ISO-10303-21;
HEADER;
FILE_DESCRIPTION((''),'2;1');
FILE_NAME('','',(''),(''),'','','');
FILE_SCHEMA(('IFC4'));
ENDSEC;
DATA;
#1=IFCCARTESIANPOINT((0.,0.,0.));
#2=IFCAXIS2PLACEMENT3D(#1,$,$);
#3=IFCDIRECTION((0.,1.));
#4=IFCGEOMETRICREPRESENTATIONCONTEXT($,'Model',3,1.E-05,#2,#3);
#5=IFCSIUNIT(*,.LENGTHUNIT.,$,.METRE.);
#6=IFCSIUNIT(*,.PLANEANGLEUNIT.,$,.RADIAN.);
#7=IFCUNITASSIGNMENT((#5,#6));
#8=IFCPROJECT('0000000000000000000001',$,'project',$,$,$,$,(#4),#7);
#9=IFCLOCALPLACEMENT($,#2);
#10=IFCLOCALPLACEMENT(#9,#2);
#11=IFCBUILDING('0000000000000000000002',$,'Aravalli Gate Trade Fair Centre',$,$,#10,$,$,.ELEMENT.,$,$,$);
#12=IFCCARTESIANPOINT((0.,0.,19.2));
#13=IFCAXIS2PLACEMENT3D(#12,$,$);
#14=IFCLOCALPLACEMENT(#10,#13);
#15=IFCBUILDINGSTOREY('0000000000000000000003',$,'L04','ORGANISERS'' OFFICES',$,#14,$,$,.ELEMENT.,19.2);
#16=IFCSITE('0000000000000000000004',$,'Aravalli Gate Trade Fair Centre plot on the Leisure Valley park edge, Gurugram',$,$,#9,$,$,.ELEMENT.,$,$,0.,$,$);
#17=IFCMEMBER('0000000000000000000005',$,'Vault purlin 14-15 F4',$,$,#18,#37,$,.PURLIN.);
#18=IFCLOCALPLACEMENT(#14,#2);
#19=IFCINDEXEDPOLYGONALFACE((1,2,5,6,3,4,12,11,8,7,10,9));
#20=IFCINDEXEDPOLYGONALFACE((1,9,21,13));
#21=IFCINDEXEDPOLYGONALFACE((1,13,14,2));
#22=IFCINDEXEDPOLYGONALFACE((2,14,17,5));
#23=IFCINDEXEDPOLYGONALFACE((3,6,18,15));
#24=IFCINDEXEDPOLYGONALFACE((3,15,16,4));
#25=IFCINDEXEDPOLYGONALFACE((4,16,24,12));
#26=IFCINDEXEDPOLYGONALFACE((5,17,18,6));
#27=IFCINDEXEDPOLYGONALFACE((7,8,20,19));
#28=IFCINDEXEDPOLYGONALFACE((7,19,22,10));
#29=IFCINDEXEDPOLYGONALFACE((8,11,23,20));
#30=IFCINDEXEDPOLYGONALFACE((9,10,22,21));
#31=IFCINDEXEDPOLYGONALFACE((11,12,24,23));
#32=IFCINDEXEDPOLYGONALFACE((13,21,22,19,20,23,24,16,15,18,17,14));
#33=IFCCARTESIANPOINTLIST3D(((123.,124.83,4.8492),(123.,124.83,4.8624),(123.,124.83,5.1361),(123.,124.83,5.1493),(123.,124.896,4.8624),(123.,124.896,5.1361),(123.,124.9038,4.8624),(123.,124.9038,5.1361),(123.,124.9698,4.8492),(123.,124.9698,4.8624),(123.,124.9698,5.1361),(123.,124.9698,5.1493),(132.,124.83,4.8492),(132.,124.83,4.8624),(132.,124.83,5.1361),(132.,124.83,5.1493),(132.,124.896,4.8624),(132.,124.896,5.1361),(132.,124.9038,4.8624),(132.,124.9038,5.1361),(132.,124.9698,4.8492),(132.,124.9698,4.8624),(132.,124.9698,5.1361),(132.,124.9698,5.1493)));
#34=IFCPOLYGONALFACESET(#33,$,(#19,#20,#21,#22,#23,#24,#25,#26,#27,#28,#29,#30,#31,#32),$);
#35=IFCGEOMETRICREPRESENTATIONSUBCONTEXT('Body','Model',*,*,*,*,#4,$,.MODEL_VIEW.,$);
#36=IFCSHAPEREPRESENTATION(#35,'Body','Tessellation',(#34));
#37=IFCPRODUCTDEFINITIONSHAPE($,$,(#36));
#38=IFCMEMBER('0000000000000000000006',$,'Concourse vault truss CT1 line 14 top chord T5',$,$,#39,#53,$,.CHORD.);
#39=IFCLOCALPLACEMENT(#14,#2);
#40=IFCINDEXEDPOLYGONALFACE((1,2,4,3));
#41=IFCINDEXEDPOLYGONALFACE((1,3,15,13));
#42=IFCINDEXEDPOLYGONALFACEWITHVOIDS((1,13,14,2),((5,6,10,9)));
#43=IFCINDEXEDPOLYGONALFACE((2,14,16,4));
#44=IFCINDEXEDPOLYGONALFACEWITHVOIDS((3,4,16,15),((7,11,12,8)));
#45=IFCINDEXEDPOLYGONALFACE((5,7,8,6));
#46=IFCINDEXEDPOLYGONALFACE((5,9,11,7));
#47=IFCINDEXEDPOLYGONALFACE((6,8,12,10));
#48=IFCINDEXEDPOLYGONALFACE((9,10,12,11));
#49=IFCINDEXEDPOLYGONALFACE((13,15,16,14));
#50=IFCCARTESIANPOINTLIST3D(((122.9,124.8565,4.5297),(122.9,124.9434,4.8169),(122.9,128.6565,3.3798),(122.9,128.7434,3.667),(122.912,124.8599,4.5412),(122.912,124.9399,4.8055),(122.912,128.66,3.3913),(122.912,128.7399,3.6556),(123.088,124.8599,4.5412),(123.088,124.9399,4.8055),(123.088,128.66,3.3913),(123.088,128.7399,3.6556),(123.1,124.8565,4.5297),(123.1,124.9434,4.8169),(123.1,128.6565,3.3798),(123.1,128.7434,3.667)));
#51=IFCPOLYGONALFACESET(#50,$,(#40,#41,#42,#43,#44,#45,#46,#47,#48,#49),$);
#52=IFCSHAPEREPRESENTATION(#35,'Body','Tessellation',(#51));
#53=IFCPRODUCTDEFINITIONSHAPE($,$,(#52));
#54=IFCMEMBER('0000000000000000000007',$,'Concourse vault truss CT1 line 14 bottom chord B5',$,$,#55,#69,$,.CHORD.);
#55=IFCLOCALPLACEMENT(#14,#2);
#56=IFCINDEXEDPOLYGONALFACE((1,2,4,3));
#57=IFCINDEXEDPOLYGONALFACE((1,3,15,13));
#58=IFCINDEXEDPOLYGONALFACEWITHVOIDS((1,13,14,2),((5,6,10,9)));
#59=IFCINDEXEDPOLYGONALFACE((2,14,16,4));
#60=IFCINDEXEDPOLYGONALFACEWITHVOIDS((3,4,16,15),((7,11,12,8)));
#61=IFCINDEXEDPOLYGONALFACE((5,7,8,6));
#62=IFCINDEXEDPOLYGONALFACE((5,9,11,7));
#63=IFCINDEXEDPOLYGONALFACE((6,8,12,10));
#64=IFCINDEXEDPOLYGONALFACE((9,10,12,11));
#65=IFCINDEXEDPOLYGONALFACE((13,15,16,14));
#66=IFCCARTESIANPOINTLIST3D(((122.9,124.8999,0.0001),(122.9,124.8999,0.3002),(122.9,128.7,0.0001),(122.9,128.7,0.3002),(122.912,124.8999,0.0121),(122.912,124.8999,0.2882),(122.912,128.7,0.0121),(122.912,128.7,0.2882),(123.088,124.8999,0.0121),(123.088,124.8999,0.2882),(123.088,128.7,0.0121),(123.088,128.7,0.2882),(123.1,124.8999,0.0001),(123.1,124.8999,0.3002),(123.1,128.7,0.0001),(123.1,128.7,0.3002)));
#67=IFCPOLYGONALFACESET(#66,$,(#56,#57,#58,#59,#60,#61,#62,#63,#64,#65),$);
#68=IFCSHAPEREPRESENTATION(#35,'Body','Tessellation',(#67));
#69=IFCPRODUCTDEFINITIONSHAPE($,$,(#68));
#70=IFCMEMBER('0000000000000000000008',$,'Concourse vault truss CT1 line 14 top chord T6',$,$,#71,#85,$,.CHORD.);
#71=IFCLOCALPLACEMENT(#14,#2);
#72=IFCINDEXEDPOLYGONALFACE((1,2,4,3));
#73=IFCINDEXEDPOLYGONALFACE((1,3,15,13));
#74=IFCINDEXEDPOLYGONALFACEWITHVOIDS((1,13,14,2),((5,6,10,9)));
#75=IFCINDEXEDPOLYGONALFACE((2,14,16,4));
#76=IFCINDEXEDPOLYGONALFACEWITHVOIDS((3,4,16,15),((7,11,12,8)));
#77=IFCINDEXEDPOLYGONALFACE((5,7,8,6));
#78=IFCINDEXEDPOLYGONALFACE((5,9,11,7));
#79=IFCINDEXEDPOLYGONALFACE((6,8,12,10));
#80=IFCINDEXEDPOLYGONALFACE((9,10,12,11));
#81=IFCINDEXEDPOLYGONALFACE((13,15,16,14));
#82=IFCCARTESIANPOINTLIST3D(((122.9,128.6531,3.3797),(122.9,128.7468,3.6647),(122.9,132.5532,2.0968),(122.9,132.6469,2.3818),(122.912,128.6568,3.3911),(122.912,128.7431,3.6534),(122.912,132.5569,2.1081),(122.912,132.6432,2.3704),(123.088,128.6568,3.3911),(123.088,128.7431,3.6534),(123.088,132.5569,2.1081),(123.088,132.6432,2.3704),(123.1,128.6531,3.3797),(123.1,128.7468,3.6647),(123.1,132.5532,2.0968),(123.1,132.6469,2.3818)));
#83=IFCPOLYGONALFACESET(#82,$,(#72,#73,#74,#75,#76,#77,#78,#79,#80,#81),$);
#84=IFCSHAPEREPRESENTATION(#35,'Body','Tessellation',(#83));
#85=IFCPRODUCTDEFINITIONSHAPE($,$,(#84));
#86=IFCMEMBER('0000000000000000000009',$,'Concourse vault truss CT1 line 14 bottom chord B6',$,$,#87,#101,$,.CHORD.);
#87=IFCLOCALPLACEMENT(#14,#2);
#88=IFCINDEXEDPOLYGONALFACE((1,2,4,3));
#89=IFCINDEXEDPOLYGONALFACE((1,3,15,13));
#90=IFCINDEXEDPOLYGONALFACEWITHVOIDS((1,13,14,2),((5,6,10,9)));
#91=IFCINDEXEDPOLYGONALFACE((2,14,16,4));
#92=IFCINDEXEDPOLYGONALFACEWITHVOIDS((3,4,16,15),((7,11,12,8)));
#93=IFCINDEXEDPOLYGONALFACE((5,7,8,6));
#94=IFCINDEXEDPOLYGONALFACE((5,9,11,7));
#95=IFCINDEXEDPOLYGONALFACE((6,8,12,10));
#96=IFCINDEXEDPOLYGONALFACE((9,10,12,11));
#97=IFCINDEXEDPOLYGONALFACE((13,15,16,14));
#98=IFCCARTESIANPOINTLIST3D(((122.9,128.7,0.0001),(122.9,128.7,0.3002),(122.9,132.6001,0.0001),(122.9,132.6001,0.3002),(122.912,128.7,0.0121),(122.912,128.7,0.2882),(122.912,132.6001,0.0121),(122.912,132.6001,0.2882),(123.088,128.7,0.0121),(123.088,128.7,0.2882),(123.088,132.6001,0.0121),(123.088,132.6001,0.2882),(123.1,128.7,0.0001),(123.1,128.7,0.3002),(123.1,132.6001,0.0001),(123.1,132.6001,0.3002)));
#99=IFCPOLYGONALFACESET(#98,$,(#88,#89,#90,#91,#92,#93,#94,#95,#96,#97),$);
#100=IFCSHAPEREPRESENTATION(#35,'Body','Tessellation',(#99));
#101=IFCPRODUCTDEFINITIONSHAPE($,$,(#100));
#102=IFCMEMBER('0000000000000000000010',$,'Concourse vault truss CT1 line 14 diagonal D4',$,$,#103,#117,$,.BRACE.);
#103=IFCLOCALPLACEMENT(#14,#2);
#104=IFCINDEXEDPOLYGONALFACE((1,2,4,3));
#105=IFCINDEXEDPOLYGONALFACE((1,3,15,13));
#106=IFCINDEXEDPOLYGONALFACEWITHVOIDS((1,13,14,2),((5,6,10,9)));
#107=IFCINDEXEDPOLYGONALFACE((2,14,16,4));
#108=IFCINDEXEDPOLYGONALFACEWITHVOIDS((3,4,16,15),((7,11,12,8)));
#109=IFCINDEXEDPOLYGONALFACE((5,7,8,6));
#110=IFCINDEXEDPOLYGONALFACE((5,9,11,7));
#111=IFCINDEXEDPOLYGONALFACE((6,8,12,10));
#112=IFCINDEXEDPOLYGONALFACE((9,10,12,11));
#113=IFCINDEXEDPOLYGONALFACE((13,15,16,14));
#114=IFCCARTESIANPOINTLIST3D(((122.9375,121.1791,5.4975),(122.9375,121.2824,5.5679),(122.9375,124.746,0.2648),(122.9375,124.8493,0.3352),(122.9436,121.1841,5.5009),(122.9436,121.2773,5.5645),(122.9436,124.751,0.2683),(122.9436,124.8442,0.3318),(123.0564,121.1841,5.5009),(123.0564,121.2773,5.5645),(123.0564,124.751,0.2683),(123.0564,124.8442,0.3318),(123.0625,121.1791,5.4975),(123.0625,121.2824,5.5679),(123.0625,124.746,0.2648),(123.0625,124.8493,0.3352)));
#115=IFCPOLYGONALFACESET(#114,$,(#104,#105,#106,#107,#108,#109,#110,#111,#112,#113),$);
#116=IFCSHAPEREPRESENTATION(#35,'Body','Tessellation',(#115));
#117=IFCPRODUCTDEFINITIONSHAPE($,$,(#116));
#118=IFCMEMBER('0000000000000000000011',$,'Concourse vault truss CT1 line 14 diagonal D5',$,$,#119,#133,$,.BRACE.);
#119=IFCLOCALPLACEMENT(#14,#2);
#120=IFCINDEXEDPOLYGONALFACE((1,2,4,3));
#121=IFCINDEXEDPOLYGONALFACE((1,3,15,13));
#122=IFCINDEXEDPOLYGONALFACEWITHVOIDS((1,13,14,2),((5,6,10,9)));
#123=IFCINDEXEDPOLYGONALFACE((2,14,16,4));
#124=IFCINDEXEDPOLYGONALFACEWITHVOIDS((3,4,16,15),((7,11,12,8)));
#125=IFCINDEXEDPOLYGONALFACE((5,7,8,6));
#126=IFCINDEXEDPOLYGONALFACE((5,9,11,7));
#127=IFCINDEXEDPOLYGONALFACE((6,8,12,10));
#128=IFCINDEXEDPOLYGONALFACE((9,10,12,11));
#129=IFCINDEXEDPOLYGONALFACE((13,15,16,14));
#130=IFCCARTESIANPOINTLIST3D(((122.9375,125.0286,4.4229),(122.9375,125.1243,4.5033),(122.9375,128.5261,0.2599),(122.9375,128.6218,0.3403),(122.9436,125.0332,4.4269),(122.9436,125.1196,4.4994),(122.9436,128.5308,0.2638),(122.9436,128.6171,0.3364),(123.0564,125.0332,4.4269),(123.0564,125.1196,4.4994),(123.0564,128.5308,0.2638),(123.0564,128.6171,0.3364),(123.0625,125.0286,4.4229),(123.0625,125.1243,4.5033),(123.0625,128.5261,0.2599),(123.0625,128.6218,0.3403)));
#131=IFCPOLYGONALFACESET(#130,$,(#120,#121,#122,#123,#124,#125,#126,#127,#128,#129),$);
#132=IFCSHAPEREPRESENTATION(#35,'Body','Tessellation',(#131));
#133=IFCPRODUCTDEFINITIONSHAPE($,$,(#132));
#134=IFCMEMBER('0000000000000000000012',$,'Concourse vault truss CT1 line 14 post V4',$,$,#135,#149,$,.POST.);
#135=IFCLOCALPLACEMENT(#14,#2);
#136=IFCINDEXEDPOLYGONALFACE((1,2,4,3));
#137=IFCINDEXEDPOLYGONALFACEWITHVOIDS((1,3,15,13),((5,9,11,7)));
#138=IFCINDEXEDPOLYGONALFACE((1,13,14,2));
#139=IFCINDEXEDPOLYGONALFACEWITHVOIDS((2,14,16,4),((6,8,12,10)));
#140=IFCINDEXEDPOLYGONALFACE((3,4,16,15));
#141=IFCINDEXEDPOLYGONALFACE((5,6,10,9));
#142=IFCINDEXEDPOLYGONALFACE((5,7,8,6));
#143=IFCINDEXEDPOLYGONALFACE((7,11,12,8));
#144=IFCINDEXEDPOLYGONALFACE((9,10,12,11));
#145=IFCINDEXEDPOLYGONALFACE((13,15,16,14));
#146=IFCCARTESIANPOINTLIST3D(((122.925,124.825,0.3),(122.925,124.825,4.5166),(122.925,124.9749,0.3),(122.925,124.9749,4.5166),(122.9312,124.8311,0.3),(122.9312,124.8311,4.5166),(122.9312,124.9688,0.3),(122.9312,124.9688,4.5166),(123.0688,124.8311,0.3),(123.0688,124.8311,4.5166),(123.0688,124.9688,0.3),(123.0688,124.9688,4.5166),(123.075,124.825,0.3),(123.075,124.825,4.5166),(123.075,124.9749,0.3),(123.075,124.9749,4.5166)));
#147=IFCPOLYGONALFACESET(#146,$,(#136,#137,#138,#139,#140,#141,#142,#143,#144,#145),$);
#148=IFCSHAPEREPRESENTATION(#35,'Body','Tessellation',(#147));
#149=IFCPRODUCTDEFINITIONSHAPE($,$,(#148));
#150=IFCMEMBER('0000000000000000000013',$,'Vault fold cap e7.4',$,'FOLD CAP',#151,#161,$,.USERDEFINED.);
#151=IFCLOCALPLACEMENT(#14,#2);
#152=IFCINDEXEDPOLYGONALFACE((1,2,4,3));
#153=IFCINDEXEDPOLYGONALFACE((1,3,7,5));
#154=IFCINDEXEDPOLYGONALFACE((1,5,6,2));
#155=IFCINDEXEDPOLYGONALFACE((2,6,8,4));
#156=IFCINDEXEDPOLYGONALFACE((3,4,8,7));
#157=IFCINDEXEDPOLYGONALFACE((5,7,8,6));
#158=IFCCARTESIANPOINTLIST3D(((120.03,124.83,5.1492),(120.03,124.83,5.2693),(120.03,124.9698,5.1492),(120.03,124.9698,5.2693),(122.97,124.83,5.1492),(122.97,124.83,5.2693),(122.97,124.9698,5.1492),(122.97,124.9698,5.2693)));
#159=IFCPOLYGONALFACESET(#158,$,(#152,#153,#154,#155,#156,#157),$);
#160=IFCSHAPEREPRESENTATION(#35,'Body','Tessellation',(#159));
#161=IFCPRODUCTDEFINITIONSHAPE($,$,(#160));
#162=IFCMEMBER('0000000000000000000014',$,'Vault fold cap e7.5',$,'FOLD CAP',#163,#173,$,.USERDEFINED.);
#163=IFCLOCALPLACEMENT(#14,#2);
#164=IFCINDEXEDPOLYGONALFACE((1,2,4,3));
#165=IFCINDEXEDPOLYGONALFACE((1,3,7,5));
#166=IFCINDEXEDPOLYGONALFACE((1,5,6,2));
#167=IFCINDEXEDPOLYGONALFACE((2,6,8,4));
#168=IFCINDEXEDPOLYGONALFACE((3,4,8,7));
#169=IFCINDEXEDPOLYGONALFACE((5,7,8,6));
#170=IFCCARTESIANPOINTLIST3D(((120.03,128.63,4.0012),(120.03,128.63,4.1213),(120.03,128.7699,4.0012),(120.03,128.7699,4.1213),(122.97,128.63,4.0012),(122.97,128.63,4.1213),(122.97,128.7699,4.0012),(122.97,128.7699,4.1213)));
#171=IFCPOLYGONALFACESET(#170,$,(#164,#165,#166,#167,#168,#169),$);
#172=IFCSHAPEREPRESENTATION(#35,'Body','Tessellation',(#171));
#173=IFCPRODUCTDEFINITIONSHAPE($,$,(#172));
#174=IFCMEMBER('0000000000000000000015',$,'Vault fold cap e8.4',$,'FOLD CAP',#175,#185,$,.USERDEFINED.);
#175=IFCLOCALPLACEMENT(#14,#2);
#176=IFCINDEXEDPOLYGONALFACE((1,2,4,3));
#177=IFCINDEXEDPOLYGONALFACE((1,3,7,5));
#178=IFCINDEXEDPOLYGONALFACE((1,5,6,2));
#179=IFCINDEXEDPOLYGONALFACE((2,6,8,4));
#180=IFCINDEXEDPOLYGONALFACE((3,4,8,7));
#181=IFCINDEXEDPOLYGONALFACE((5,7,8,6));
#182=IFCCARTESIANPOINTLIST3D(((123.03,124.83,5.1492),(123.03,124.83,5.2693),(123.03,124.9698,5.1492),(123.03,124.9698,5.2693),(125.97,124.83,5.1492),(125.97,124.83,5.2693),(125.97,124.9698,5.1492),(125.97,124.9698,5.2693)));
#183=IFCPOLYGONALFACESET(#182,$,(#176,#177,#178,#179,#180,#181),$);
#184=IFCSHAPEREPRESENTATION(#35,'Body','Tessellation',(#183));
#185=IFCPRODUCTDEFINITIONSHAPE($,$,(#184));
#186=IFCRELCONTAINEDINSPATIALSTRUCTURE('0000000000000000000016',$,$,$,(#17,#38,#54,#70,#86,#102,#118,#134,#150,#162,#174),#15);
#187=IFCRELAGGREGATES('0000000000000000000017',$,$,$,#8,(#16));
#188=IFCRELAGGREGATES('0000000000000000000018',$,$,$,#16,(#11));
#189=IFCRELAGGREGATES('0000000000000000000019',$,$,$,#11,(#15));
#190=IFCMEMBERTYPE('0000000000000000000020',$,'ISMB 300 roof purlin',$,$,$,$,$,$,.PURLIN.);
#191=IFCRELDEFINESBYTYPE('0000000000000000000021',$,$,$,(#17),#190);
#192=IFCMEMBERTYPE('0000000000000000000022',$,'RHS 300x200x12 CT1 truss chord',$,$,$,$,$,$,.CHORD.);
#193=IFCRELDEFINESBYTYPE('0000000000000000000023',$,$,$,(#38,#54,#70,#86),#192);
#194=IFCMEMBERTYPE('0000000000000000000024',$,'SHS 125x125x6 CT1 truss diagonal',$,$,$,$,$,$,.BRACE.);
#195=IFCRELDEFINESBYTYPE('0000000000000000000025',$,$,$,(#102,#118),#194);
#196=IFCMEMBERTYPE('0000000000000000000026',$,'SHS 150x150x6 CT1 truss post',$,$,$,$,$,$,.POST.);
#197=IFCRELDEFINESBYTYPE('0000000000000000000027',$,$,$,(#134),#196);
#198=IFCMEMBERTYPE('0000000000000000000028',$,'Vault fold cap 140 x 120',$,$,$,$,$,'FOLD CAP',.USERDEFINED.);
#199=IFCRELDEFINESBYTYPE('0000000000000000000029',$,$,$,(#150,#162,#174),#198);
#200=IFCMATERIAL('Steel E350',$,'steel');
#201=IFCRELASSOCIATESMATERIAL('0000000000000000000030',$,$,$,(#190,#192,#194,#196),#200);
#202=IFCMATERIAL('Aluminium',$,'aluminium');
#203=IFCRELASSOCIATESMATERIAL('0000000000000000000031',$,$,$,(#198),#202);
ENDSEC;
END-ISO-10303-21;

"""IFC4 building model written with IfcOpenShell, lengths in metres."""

from ifc_helpers import new_model, si_unit, direction, frame, origin, origin_2d, place, context, subcontext, project, spatial, rectangle, hollow_rectangle, i_section, extrude, material, material_profile, profile_set, type_object, element, save


model = new_model("IFC4")

# Units and contexts
model_context = context("Model", 3, precision=1e-05, world=origin(), true_north=direction((0.0, 1.0)))
body_context = subcontext(model_context, "Body", "Model", "MODEL_VIEW")
ifc_project = project(units=[si_unit("LENGTHUNIT", "METRE"), si_unit("PLANEANGLEUNIT", "RADIAN")], contexts=[model_context])

# Site, building, storey
site_placement = place(None, origin())
site = spatial("IfcSite", under=ifc_project, at=site_placement, Name="Aravalli Gate Trade Fair Centre plot on the Leisure Valley park edge, Gurugram", CompositionType="ELEMENT", RefElevation=0.0)
building_placement = place(site_placement, origin())
building = spatial("IfcBuilding", under=site, at=building_placement, Name="Aravalli Gate Trade Fair Centre", CompositionType="ELEMENT")
storey_placement = place(building_placement, frame((0.0, 0.0, 19.2)))
storey = spatial("IfcBuildingStorey", under=building, at=storey_placement, Name="L04", Description="ORGANISERS' OFFICES", CompositionType="ELEMENT", Elevation=19.2)

# Members
ifc_material_1 = material(Name="Steel E350", Category="steel")
ifc_material_profile_1 = material_profile(ifc_material_1, i_section(OverallWidth=0.1399, OverallDepth=0.3, WebThickness=0.0078, FlangeThickness=0.0132, at=origin_2d()), Name="ISMB 300")
ifc_profile_set_1 = profile_set([ifc_material_profile_1], Name="Steel E350")
member_type_1 = type_object("IfcMemberType", Name="ISMB 300 roof purlin", PredefinedType="PURLIN", material=ifc_profile_set_1)
member_1_placement = place(storey_placement, frame((123.0, 124.8999, 4.9993), z_axis=(1.0, 0.0, 0.0), x_axis=(0.0, 1.0, 0.0)))
element("IfcMember", 1, at=member_1_placement, inside=storey, type_object=member_type_1, Name="Vault purlin 14-15 F4", PredefinedType="PURLIN", context=body_context, shape_type="SweptSolid", body=[
    extrude(i_section(OverallWidth=0.1399, OverallDepth=0.3, WebThickness=0.0078, FlangeThickness=0.0132, at=origin_2d()), origin(), (0.0, 0.0, 1.0), 9.0),
])
ifc_material_profile_2 = material_profile(ifc_material_1, hollow_rectangle(XDim=0.2, YDim=0.3, WallThickness=0.012, at=origin_2d()), Name="RHS 300x200x12")
ifc_profile_set_2 = profile_set([ifc_material_profile_2], Name="Steel E350")
member_type_2 = type_object("IfcMemberType", Name="RHS 300x200x12 CT1 truss chord", PredefinedType="CHORD", material=ifc_profile_set_2)
member_2_placement = place(storey_placement, frame((123.0, 124.8999, 4.6733), z_axis=(0.0, 0.957138, -0.289632), x_axis=(-1.0, 0.0, 0.0)))
element("IfcMember", 2, at=member_2_placement, inside=storey, type_object=member_type_2, Name="Concourse vault truss CT1 line 14 top chord T5", PredefinedType="CHORD", context=body_context, shape_type="SweptSolid", body=[
    extrude(hollow_rectangle(XDim=0.2, YDim=0.3, WallThickness=0.012, at=origin_2d()), origin(), (0.0, 0.0, 1.0), 3.9702),
])
member_3_placement = place(storey_placement, frame((123.0, 124.8999, 0.1501), z_axis=(0.0, 1.0, 0.0), x_axis=(-1.0, 0.0, 0.0)))
element("IfcMember", 3, at=member_3_placement, inside=storey, type_object=member_type_2, Name="Concourse vault truss CT1 line 14 bottom chord B5", PredefinedType="CHORD", context=body_context, shape_type="SweptSolid", body=[
    extrude(hollow_rectangle(XDim=0.2, YDim=0.3, WallThickness=0.012, at=origin_2d()), origin(), (0.0, 0.0, 1.0), 3.8),
])
member_4_placement = place(storey_placement, frame((123.0, 128.7, 3.5222), z_axis=(0.0, 0.949925, -0.312479), x_axis=(-1.0, 0.0, 0.0)))
element("IfcMember", 4, at=member_4_placement, inside=storey, type_object=member_type_2, Name="Concourse vault truss CT1 line 14 top chord T6", PredefinedType="CHORD", context=body_context, shape_type="SweptSolid", body=[
    extrude(hollow_rectangle(XDim=0.2, YDim=0.3, WallThickness=0.012, at=origin_2d()), origin(), (0.0, 0.0, 1.0), 4.1057),
])
member_5_placement = place(storey_placement, frame((123.0, 128.7, 0.1501), z_axis=(0.0, 1.0, 0.0), x_axis=(-1.0, 0.0, 0.0)))
element("IfcMember", 5, at=member_5_placement, inside=storey, type_object=member_type_2, Name="Concourse vault truss CT1 line 14 bottom chord B6", PredefinedType="CHORD", context=body_context, shape_type="SweptSolid", body=[
    extrude(hollow_rectangle(XDim=0.2, YDim=0.3, WallThickness=0.012, at=origin_2d()), origin(), (0.0, 0.0, 1.0), 3.9001),
])
ifc_material_profile_3 = material_profile(ifc_material_1, hollow_rectangle(XDim=0.125, YDim=0.125, WallThickness=0.0061, at=origin_2d()), Name="SHS 125x125x6")
ifc_profile_set_3 = profile_set([ifc_material_profile_3], Name="Steel E350")
member_type_3 = type_object("IfcMemberType", Name="SHS 125x125x6 CT1 truss diagonal", PredefinedType="BRACE", material=ifc_profile_set_3)
member_6_placement = place(storey_placement, frame((123.0, 121.2307, 5.5327), z_axis=(0.0, 0.563247, -0.826289), x_axis=(-1.0, 0.0, 0.0)))
element("IfcMember", 6, at=member_6_placement, inside=storey, type_object=member_type_3, Name="Concourse vault truss CT1 line 14 diagonal D4", PredefinedType="BRACE", context=body_context, shape_type="SweptSolid", body=[
    extrude(hollow_rectangle(XDim=0.125, YDim=0.125, WallThickness=0.0061, at=origin_2d()), origin(), (0.0, 0.0, 1.0), 6.3328),
])
member_7_placement = place(storey_placement, frame((123.0, 125.0764, 4.4631), z_axis=(0.0, 0.643253, -0.765654), x_axis=(-1.0, 0.0, 0.0)))
element("IfcMember", 7, at=member_7_placement, inside=storey, type_object=member_type_3, Name="Concourse vault truss CT1 line 14 diagonal D5", PredefinedType="BRACE", context=body_context, shape_type="SweptSolid", body=[
    extrude(hollow_rectangle(XDim=0.125, YDim=0.125, WallThickness=0.0061, at=origin_2d()), origin(), (0.0, 0.0, 1.0), 5.4373),
])
ifc_material_profile_4 = material_profile(ifc_material_1, hollow_rectangle(XDim=0.1499, YDim=0.1499, WallThickness=0.0061, at=origin_2d()), Name="SHS 150x150x6")
ifc_profile_set_4 = profile_set([ifc_material_profile_4], Name="Steel E350")
member_type_4 = type_object("IfcMemberType", Name="SHS 150x150x6 CT1 truss post", PredefinedType="POST", material=ifc_profile_set_4)
member_8_placement = place(storey_placement, frame((123.0, 124.8999, 0.3), z_axis=(0.0, 0.0, 1.0), x_axis=(1.0, 0.0, 0.0)))
element("IfcMember", 8, at=member_8_placement, inside=storey, type_object=member_type_4, Name="Concourse vault truss CT1 line 14 post V4", PredefinedType="POST", context=body_context, shape_type="SweptSolid", body=[
    extrude(hollow_rectangle(XDim=0.1499, YDim=0.1499, WallThickness=0.0061, at=origin_2d()), origin(), (0.0, 0.0, 1.0), 4.2166),
])
ifc_material_2 = material(Name="Aluminium", Category="aluminium")
ifc_material_profile_5 = material_profile(ifc_material_2, rectangle(XDim=0.1399, YDim=0.1201, at=origin_2d()), Name="Vault fold cap 140 x 120")
ifc_profile_set_5 = profile_set([ifc_material_profile_5], Name="Aluminium")
member_type_5 = type_object("IfcMemberType", Name="Vault fold cap 140 x 120", ElementType="FOLD CAP", PredefinedType="USERDEFINED", material=ifc_profile_set_5)
for number, where, z_axis, x_axis, name in (
    (9, (120.03, 124.8999, 5.2092), (1.0, 0.0, 0.0), (0.0, 1.0, 0.0), "Vault fold cap e7.4"),
    (10, (120.03, 128.7, 4.0613), (1.0, 0.0, 0.0), (0.0, 1.0, 0.0), "Vault fold cap e7.5"),
    (11, (123.03, 124.8999, 5.2092), (1.0, 0.0, 0.0), (0.0, 1.0, 0.0), "Vault fold cap e8.4"),
):
    element("IfcMember", number, at=place(storey_placement, frame(where, z_axis=z_axis, x_axis=x_axis)), inside=storey, type_object=member_type_5, Name=name, ObjectType="FOLD CAP", PredefinedType="USERDEFINED", context=body_context, shape_type="SweptSolid", body=[
        extrude(rectangle(XDim=0.1399, YDim=0.1201, at=origin_2d()), origin(), (0.0, 0.0, 1.0), 2.9399),
    ])

save(model, "model.ifc")
